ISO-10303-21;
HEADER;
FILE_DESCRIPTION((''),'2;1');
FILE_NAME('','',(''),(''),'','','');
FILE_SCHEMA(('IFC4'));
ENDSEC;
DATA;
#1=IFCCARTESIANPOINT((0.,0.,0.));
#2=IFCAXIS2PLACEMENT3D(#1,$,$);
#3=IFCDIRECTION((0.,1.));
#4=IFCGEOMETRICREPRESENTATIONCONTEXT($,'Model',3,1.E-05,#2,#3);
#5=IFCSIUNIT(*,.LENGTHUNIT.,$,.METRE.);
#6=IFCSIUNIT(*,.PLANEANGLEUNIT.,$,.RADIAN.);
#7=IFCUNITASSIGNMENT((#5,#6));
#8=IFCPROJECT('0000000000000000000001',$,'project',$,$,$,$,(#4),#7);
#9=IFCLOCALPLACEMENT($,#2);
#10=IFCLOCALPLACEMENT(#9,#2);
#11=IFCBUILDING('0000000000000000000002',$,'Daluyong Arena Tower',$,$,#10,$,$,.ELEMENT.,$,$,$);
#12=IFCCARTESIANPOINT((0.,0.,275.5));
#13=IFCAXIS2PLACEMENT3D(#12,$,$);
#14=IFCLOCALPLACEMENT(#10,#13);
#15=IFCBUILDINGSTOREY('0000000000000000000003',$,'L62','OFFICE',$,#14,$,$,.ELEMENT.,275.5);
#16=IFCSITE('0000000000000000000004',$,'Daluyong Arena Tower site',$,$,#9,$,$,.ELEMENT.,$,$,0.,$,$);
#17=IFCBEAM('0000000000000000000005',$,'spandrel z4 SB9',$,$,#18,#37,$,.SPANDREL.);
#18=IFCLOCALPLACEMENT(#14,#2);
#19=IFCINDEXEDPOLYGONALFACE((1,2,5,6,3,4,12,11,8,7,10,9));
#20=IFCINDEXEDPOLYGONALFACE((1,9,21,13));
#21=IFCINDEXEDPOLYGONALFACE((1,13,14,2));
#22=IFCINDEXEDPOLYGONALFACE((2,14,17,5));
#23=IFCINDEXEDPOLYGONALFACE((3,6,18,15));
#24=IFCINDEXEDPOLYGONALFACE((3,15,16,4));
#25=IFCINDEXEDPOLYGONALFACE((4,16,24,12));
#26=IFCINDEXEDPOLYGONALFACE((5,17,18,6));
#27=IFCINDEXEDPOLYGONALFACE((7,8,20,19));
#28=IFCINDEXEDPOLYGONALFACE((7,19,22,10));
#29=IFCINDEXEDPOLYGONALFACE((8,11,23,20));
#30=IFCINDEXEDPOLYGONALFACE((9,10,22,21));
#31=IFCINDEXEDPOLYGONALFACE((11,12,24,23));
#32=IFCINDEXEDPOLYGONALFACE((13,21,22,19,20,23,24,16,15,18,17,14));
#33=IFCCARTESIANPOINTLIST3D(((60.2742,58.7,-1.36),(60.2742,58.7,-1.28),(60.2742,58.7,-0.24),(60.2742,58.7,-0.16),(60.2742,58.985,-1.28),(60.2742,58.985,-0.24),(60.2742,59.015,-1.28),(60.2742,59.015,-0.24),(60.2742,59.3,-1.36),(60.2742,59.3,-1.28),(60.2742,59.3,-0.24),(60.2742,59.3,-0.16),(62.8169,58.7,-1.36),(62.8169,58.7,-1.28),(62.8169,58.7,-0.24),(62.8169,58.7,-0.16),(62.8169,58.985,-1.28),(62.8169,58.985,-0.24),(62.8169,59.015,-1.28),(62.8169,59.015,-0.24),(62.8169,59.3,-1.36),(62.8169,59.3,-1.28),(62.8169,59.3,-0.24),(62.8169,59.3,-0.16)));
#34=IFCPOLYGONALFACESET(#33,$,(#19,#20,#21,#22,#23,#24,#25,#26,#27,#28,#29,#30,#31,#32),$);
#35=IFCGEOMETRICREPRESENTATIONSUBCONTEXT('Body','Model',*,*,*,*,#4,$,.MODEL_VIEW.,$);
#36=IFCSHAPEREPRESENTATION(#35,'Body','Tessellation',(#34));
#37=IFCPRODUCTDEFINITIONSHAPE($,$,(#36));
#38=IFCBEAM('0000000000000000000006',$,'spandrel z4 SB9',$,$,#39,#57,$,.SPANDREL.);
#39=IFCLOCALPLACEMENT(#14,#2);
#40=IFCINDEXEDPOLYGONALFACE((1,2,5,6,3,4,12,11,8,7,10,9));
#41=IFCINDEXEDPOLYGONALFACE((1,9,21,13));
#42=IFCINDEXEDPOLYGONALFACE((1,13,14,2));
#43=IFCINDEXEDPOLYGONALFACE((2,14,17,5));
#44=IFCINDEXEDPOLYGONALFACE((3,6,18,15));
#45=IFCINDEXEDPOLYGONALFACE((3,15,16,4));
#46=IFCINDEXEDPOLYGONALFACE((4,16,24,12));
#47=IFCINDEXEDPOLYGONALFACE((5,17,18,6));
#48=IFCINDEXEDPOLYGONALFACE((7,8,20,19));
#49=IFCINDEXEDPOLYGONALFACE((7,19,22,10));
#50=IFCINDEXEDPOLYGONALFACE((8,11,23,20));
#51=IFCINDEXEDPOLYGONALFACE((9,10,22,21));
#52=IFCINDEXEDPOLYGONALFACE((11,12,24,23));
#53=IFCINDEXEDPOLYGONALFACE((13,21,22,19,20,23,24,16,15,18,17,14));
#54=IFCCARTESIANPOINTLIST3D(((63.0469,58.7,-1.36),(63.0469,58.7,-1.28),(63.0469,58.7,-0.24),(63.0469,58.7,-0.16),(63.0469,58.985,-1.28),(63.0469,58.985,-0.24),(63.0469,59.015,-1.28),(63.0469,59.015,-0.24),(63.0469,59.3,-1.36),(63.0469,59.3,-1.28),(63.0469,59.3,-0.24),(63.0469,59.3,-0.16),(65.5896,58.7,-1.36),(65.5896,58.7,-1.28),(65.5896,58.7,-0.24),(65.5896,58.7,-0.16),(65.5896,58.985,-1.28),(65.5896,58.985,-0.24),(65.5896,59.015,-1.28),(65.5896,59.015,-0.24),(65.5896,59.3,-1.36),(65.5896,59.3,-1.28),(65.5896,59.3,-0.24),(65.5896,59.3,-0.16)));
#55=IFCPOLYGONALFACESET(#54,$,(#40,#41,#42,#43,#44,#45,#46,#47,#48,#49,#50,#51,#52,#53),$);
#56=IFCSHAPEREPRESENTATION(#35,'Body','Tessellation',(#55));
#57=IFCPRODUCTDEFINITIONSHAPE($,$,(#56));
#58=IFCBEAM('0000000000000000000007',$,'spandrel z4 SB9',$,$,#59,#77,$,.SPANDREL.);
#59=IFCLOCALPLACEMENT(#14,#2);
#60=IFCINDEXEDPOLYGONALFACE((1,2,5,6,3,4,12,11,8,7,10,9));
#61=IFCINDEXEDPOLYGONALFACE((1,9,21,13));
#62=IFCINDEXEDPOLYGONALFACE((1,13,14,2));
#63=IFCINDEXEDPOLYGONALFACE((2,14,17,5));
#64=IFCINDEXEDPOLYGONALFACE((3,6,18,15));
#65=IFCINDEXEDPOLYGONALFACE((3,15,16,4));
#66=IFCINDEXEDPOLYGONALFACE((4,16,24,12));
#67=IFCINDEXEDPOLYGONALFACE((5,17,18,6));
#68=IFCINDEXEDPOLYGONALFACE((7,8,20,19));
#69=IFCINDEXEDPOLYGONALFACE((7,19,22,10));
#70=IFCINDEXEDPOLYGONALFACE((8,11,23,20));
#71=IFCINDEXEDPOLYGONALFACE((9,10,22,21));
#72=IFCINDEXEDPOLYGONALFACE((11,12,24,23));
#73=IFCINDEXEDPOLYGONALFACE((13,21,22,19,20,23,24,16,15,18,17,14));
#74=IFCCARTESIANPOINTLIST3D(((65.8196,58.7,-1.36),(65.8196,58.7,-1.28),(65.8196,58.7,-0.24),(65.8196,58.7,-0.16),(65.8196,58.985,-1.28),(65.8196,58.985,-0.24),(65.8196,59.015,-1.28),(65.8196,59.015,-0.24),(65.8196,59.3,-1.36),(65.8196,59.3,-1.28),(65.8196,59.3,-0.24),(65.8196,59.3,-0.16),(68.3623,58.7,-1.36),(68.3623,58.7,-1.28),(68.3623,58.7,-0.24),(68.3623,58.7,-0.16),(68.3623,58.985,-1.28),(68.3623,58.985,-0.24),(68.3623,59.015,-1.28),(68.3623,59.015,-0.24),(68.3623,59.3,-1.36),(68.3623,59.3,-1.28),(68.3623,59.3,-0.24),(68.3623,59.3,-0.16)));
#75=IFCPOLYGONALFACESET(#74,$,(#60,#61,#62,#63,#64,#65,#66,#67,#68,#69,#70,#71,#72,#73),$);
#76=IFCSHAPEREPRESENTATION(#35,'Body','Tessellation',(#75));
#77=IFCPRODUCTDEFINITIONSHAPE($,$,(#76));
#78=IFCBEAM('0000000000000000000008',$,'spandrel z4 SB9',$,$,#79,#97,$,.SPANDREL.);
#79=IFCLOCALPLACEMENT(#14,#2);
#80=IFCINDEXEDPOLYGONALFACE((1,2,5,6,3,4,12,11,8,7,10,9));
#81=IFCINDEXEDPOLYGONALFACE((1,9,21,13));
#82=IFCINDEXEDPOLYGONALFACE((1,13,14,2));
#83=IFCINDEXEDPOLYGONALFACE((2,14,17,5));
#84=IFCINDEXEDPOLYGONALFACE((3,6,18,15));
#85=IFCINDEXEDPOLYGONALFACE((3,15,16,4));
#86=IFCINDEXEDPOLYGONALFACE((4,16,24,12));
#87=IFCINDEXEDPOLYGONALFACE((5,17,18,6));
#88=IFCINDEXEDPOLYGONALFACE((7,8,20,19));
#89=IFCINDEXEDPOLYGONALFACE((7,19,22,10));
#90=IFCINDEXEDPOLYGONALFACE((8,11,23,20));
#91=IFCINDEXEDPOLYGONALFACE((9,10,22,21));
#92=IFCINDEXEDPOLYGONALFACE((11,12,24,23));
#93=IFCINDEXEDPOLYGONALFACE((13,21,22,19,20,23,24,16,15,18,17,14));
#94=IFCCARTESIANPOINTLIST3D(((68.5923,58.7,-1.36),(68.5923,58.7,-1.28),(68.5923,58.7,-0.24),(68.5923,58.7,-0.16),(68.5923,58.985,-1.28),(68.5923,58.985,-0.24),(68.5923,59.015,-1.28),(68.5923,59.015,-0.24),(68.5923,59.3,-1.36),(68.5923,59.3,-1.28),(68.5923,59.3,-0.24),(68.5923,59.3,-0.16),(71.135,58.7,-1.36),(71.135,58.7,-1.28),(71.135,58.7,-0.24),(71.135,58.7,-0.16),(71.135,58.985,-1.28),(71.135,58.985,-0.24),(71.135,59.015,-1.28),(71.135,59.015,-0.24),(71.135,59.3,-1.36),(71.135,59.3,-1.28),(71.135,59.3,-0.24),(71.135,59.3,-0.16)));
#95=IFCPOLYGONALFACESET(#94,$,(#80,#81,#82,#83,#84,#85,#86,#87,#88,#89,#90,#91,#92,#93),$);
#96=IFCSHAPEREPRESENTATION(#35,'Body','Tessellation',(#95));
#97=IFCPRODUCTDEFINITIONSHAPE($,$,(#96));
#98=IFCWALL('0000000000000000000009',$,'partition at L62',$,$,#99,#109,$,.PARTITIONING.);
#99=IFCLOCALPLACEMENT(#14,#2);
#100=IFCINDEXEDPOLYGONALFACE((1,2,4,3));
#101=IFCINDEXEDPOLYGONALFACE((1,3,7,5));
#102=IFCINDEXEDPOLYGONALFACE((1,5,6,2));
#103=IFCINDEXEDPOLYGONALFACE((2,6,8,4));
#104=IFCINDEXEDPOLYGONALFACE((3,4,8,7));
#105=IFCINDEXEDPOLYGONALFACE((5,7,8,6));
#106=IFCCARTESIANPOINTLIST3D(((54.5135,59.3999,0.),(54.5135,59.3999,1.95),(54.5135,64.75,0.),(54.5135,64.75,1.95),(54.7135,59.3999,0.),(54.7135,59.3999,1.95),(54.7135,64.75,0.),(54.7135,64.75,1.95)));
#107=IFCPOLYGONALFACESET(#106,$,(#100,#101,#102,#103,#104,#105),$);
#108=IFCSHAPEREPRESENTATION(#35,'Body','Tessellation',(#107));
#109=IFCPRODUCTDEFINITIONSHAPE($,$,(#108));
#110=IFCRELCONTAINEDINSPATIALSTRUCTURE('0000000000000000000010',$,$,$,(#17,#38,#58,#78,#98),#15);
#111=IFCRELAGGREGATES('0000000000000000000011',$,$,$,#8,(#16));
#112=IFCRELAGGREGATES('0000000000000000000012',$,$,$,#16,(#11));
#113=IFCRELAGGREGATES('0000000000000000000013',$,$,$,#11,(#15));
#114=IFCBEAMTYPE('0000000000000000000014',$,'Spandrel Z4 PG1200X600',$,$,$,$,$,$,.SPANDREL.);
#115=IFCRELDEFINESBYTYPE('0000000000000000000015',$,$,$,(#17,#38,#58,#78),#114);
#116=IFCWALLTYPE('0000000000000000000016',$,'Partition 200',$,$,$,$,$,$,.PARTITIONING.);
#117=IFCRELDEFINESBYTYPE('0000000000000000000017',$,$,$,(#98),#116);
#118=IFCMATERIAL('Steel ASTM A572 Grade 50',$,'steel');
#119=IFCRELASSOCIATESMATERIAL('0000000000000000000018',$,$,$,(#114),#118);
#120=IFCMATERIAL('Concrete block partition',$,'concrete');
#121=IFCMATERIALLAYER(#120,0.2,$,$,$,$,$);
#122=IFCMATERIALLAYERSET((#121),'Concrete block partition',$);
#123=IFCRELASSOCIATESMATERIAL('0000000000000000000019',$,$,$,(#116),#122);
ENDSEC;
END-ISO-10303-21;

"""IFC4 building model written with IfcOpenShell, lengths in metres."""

from ifc_helpers import new_model, si_unit, direction, frame, frame_2d, origin, origin_2d, place, context, subcontext, project, spatial, rectangle, i_section, extrude, material, layer, layer_set, material_profile, profile_set, type_object, element, save


model = new_model("IFC4")

# Units and contexts
model_context = context("Model", 3, precision=1e-05, world=origin(), true_north=direction((0.0, 1.0)))
body_context = subcontext(model_context, "Body", "Model", "MODEL_VIEW")
ifc_project = project(units=[si_unit("LENGTHUNIT", "METRE"), si_unit("PLANEANGLEUNIT", "RADIAN")], contexts=[model_context])

# Site, building, storey
site_placement = place(None, origin())
site = spatial("IfcSite", under=ifc_project, at=site_placement, Name="Daluyong Arena Tower site", CompositionType="ELEMENT", RefElevation=0.0)
building_placement = place(site_placement, origin())
building = spatial("IfcBuilding", under=site, at=building_placement, Name="Daluyong Arena Tower", CompositionType="ELEMENT")
storey_placement = place(building_placement, frame((0.0, 0.0, 275.5)))
storey = spatial("IfcBuildingStorey", under=building, at=storey_placement, Name="L62", Description="OFFICE", CompositionType="ELEMENT", Elevation=275.5)

# Beams
ifc_material_1 = material(Name="Steel ASTM A572 Grade 50", Category="steel")
ifc_material_profile_1 = material_profile(ifc_material_1, i_section(OverallWidth=0.6001, OverallDepth=1.2, WebThickness=0.03, FlangeThickness=0.08, at=origin_2d()))
ifc_profile_set_1 = profile_set([ifc_material_profile_1], Name="Steel ASTM A572 Grade 50")
beam_type_1 = type_object("IfcBeamType", Name="Spandrel Z4 PG1200X600", PredefinedType="SPANDREL", material=ifc_profile_set_1)
for number, where, z_axis, x_axis, name in (
    (1, (60.2742, 59.0, -0.76), (1.0, 0.0, 0.0), (0.0, 1.0, 0.0), "spandrel z4 SB9"),
    (2, (63.0469, 59.0, -0.76), (1.0, 0.0, 0.0), (0.0, 1.0, 0.0), "spandrel z4 SB9"),
    (3, (65.8196, 59.0, -0.76), (1.0, 0.0, 0.0), (0.0, 1.0, 0.0), "spandrel z4 SB9"),
    (4, (68.5923, 59.0, -0.76), (1.0, 0.0, 0.0), (0.0, 1.0, 0.0), "spandrel z4 SB9"),
):
    element("IfcBeam", number, at=place(storey_placement, frame(where, z_axis=z_axis, x_axis=x_axis)), inside=storey, type_object=beam_type_1, Name=name, PredefinedType="SPANDREL", context=body_context, shape_type="SweptSolid", body=[
        extrude(i_section(OverallWidth=0.6001, OverallDepth=1.2, WebThickness=0.03, FlangeThickness=0.08, at=origin_2d()), origin(), (0.0, 0.0, 1.0), 2.5427),
    ])

# Wall
ifc_material_2 = material(Name="Concrete block partition", Category="concrete")
ifc_layer_1 = layer(ifc_material_2, 0.2)
ifc_layer_set_1 = layer_set([ifc_layer_1], Name="Concrete block partition")
wall_type_1 = type_object("IfcWallType", Name="Partition 200", PredefinedType="PARTITIONING", material=ifc_layer_set_1)
wall_1_placement = place(storey_placement, frame((54.6135, 59.3999, 0.0), z_axis=(0.0, 0.0, 1.0), x_axis=(0.0, 1.0, 0.0)))
element("IfcWall", 5, at=wall_1_placement, inside=storey, type_object=wall_type_1, Name="partition at L62", PredefinedType="PARTITIONING", context=body_context, shape_type="SweptSolid", body=[
    extrude(rectangle(XDim=5.3501, YDim=0.2, at=frame_2d((2.675, 0.0))), origin(), (0.0, 0.0, 1.0), 1.95),
])

save(model, "model.ifc")
